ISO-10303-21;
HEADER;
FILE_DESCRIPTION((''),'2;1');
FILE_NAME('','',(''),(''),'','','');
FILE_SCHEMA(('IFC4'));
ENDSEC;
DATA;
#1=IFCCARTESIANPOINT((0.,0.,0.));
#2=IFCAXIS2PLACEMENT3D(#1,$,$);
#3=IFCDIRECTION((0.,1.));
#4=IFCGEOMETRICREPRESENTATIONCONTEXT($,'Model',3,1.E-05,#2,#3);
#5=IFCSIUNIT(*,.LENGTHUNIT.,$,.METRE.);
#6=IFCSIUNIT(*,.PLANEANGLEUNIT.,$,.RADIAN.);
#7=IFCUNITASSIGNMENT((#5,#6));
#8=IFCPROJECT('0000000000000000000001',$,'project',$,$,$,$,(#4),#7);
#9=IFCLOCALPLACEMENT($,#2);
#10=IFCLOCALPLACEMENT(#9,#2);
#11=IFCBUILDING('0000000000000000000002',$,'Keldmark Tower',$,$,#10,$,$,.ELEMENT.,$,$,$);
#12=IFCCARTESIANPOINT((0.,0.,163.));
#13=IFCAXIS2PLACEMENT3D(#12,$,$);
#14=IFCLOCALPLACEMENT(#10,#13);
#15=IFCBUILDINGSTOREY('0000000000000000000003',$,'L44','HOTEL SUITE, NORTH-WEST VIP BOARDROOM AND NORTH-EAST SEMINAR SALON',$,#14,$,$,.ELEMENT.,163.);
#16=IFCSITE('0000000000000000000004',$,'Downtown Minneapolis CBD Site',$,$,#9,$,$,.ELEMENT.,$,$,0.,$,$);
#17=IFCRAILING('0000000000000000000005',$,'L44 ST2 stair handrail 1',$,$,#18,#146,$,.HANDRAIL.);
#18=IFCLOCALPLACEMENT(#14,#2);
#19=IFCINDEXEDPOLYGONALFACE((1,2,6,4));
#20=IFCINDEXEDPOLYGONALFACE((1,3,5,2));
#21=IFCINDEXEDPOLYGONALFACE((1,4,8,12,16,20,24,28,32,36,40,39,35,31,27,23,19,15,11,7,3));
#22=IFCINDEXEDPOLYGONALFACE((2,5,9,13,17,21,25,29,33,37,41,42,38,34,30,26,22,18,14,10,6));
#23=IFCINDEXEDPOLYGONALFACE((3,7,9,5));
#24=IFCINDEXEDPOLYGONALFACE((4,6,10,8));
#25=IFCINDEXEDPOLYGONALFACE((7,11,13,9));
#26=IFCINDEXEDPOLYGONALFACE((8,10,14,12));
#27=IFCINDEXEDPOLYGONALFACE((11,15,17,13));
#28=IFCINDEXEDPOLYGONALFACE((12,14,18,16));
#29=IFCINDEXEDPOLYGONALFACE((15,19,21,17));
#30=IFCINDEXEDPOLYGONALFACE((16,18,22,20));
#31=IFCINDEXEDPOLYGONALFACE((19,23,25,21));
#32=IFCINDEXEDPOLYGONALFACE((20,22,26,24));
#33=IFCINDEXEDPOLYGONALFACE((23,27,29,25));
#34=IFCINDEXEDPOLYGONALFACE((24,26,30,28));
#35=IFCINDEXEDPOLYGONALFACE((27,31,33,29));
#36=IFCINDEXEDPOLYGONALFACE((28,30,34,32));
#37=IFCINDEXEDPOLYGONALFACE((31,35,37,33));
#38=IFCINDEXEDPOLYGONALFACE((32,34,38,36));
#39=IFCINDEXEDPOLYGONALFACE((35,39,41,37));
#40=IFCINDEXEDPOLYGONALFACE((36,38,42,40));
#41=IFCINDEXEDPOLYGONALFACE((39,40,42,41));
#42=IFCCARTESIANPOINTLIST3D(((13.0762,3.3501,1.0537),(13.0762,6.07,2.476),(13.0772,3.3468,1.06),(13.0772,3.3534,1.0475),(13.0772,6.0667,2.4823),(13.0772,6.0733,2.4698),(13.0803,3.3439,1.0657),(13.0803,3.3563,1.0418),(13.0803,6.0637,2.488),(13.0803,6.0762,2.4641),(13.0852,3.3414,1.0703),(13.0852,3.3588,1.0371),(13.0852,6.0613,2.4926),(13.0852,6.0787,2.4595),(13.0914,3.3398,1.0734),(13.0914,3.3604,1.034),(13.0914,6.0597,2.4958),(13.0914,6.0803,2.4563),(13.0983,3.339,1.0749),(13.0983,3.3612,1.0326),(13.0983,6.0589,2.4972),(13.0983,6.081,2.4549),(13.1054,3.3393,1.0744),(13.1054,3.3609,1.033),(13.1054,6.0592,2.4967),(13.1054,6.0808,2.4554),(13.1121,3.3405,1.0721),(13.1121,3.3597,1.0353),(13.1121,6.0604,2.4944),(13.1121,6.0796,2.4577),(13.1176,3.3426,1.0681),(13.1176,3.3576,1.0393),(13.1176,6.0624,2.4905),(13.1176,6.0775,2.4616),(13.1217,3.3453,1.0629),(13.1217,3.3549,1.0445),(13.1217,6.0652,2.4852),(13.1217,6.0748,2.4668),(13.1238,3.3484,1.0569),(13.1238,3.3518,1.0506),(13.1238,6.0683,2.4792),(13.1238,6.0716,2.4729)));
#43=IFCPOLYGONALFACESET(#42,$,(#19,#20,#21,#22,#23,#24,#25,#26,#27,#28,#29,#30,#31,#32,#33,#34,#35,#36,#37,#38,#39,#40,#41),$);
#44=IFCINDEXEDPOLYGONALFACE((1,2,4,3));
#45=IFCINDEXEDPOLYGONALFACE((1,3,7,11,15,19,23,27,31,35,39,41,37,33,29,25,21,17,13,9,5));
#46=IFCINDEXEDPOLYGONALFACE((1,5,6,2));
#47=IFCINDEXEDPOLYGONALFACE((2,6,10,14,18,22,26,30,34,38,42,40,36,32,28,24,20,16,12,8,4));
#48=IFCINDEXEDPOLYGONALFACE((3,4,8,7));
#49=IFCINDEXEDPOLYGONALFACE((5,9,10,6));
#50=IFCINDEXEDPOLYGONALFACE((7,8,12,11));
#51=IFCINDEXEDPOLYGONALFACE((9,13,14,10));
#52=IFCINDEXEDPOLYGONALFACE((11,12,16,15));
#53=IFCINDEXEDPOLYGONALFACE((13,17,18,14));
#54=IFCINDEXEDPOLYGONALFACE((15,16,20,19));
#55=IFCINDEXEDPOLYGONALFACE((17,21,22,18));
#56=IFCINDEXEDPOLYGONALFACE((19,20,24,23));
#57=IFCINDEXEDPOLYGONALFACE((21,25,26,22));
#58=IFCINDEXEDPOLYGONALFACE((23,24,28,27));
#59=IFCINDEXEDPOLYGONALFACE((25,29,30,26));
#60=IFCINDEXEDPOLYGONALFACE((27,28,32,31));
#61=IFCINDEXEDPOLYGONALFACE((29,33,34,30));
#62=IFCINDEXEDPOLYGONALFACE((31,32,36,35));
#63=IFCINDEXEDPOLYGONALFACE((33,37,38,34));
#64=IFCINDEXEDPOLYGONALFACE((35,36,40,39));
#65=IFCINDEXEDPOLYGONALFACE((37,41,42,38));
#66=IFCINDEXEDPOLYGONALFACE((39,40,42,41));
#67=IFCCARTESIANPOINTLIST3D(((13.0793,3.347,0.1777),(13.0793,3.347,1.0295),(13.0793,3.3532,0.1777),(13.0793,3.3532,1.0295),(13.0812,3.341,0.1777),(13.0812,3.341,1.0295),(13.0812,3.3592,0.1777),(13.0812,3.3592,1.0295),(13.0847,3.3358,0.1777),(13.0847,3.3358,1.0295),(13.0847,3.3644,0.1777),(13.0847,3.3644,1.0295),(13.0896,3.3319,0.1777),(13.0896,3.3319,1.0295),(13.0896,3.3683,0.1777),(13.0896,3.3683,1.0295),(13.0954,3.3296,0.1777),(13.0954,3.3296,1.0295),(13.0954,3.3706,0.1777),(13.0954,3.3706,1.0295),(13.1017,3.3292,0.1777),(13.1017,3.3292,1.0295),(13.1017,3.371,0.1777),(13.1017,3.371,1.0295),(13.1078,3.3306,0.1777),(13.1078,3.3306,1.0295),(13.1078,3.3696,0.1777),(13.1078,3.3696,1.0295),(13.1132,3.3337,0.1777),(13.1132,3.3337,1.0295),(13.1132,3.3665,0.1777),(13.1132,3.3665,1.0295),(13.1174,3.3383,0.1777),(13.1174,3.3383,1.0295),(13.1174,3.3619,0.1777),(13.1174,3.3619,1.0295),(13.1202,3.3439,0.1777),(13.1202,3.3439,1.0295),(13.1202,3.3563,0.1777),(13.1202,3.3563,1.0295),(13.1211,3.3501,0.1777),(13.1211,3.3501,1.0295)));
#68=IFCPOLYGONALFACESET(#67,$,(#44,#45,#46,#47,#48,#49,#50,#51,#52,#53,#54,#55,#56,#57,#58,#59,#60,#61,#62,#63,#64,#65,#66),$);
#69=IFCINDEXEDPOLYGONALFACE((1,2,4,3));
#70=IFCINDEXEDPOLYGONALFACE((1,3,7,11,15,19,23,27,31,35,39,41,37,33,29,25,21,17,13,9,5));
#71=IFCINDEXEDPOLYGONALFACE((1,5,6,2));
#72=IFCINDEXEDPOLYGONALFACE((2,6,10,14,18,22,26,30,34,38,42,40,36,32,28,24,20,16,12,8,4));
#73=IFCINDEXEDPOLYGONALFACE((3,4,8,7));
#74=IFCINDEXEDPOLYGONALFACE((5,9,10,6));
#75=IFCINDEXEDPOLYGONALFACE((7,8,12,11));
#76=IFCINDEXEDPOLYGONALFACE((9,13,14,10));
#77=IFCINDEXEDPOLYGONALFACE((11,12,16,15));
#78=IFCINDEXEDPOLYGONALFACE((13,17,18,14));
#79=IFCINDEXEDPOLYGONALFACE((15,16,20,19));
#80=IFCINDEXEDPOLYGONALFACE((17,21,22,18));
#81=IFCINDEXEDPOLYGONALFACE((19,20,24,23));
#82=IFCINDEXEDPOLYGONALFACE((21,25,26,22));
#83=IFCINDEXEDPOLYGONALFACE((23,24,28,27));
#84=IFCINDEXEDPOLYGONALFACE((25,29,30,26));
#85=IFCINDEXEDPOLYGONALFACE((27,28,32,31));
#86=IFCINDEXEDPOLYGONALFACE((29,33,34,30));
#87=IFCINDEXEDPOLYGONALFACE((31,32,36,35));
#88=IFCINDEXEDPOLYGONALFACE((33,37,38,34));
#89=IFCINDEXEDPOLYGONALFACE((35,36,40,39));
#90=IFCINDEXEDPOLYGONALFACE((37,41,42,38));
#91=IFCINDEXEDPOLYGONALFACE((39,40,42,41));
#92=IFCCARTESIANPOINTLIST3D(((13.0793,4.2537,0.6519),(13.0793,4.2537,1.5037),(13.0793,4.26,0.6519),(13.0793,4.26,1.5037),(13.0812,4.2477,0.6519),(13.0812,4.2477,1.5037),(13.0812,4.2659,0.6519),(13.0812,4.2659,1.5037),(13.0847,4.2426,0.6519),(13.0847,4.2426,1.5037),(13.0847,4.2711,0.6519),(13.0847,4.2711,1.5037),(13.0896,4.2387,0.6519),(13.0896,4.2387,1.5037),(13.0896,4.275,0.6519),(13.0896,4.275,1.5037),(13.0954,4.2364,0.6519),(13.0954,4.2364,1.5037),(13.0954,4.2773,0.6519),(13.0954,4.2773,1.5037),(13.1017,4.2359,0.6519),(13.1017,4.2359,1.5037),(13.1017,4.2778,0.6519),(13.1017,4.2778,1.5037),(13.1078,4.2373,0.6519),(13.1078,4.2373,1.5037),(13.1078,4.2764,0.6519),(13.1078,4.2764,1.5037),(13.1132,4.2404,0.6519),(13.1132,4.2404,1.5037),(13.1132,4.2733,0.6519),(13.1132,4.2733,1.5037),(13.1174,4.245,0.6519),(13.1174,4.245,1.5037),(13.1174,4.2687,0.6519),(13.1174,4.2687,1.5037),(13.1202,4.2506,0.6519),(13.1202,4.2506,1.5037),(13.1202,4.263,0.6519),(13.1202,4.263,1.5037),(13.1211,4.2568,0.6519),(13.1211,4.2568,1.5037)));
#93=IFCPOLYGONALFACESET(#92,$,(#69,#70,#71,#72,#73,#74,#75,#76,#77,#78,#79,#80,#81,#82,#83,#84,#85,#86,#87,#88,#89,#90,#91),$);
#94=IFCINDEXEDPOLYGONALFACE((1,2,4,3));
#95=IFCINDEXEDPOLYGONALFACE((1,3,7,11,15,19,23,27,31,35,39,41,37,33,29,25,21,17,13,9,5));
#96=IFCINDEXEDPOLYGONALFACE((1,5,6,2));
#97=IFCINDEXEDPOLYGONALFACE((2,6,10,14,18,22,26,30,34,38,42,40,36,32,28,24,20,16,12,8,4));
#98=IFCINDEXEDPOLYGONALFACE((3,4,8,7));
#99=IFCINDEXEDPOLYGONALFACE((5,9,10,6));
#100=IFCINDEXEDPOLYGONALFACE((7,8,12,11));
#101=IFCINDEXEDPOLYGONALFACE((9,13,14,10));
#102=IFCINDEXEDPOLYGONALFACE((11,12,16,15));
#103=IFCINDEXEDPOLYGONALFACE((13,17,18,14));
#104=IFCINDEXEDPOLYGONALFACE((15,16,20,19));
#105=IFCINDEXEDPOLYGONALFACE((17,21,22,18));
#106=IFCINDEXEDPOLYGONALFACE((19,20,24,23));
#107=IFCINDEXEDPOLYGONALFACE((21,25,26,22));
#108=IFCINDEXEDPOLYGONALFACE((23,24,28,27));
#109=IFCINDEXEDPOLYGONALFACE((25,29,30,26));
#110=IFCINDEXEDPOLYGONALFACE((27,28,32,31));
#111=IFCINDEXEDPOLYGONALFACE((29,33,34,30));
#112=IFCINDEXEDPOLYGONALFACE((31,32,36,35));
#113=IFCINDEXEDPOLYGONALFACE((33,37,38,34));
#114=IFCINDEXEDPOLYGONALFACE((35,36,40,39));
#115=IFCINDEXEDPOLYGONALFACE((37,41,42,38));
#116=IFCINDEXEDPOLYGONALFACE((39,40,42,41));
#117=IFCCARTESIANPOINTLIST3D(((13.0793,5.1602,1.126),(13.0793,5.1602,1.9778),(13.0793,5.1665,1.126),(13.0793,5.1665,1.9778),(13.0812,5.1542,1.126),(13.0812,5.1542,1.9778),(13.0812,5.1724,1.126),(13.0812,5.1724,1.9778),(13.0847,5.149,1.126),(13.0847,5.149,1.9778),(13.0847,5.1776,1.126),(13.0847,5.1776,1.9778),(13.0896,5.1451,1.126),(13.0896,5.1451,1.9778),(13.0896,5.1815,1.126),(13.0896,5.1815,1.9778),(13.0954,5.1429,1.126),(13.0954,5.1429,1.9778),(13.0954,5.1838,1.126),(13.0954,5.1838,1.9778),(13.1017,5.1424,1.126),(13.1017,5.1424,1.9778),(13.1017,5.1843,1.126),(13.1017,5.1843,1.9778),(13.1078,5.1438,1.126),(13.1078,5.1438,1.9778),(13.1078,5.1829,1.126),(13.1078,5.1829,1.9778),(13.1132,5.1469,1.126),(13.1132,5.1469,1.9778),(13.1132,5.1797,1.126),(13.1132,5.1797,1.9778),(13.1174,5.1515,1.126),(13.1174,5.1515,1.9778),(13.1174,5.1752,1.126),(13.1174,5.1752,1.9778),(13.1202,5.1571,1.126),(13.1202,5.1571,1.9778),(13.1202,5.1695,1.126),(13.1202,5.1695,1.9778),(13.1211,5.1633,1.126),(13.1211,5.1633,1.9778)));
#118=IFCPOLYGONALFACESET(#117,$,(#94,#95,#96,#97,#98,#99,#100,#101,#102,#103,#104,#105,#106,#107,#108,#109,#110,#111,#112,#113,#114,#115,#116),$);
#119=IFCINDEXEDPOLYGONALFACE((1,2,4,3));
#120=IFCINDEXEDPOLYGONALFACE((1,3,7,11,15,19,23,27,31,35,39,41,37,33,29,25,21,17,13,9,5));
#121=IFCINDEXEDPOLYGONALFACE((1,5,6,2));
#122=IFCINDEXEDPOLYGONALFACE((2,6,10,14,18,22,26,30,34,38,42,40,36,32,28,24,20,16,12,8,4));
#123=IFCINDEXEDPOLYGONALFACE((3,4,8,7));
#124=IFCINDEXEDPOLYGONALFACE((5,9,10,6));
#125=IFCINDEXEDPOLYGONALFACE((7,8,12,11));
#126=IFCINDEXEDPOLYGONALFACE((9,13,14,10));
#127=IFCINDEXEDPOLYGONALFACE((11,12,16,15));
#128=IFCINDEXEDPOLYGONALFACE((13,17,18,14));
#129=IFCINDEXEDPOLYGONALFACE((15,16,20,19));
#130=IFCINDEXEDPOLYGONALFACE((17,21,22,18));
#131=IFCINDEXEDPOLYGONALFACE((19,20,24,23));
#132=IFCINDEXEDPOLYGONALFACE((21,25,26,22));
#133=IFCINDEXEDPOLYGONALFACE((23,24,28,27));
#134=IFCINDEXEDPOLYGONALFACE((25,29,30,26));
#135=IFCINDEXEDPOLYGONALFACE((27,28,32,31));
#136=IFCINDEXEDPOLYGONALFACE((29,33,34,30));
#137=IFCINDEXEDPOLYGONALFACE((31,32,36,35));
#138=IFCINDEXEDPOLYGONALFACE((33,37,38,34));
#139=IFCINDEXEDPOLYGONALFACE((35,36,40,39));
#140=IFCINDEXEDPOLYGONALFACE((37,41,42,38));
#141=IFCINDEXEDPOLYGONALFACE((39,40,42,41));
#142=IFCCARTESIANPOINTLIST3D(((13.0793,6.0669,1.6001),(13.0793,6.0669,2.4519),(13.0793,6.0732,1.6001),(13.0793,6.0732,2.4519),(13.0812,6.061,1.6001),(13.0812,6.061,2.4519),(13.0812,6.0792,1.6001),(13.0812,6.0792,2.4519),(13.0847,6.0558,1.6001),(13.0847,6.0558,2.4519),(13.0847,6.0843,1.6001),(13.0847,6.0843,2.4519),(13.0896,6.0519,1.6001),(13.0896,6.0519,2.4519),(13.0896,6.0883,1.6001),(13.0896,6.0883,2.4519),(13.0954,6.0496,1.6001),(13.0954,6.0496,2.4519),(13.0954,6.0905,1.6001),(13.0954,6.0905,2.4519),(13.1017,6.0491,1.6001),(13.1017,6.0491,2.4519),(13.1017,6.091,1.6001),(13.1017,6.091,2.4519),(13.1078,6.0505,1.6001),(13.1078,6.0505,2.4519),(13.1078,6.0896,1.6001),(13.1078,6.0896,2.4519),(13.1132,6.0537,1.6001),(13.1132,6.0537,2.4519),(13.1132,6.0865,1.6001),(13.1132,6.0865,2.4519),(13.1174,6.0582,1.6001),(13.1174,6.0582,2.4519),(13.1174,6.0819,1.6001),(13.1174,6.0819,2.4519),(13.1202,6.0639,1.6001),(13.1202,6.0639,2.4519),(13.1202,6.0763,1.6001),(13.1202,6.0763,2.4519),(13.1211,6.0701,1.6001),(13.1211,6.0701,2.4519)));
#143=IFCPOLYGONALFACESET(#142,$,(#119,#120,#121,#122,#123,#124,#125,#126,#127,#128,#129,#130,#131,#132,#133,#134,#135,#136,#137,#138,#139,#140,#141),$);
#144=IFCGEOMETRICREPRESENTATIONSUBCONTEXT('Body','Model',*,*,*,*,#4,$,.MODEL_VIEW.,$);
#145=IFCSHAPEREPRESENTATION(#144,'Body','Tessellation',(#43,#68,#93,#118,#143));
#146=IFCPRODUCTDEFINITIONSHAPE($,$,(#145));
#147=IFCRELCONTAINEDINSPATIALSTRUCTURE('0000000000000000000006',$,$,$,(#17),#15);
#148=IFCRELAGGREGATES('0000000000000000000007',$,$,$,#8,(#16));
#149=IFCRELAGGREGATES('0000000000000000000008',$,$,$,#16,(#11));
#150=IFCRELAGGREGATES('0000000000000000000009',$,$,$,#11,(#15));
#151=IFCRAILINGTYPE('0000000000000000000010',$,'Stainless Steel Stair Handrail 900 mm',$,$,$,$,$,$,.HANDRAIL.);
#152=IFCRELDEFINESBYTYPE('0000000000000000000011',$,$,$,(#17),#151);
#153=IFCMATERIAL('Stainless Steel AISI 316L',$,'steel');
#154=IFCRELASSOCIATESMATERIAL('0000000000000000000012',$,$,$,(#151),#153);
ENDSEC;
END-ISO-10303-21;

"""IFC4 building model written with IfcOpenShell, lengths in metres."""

from ifc_helpers import new_model, si_unit, direction, frame, origin, origin_2d, place, context, subcontext, project, spatial, circle, extrude, material, type_object, element, save


model = new_model("IFC4")

# Units and contexts
model_context = context("Model", 3, precision=1e-05, world=origin(), true_north=direction((0.0, 1.0)))
body_context = subcontext(model_context, "Body", "Model", "MODEL_VIEW")
ifc_project = project(units=[si_unit("LENGTHUNIT", "METRE"), si_unit("PLANEANGLEUNIT", "RADIAN")], contexts=[model_context])

# Site, building, storey
site_placement = place(None, origin())
site = spatial("IfcSite", under=ifc_project, at=site_placement, Name="Downtown Minneapolis CBD Site", CompositionType="ELEMENT", RefElevation=0.0)
building_placement = place(site_placement, origin())
building = spatial("IfcBuilding", under=site, at=building_placement, Name="Keldmark Tower", CompositionType="ELEMENT")
storey_placement = place(building_placement, frame((0.0, 0.0, 163.0)))
storey = spatial("IfcBuildingStorey", under=building, at=storey_placement, Name="L44", Description="HOTEL SUITE, NORTH-WEST VIP BOARDROOM AND NORTH-EAST SEMINAR SALON", CompositionType="ELEMENT", Elevation=163.0)

# Railing
ifc_material_1 = material(Name="Stainless Steel AISI 316L", Category="steel")
railing_type_1 = type_object("IfcRailingType", Name="Stainless Steel Stair Handrail 900 mm", PredefinedType="HANDRAIL", material=ifc_material_1)
railing_1_placement = place(storey_placement, frame((13.1001, 3.3501, 0.1777)))
element("IfcRailing", 1, at=railing_1_placement, inside=storey, type_object=railing_type_1, Name="L44 ST2 stair handrail 1", PredefinedType="HANDRAIL", context=body_context, shape_type="SweptSolid", body=[
    extrude(circle(Radius=0.0239, at=origin_2d()), frame((0.0, 0.0, 0.876), z_axis=(0.0, 0.88615, 0.463398), x_axis=(-1.0, 0.0, 0.0)), (0.0, 0.0, 1.0), 3.0693),
    extrude(circle(Radius=0.021, at=origin_2d()), origin(), (0.0, 0.0, 1.0), 0.8518),
    extrude(circle(Radius=0.021, at=origin_2d()), frame((0.0, 0.9067, 0.4741)), (0.0, 0.0, 1.0), 0.8518),
    extrude(circle(Radius=0.021, at=origin_2d()), frame((0.0, 1.8132, 0.9482)), (0.0, 0.0, 1.0), 0.8518),
    extrude(circle(Radius=0.021, at=origin_2d()), frame((0.0, 2.72, 1.4224)), (0.0, 0.0, 1.0), 0.8518),
])

save(model, "model.ifc")
